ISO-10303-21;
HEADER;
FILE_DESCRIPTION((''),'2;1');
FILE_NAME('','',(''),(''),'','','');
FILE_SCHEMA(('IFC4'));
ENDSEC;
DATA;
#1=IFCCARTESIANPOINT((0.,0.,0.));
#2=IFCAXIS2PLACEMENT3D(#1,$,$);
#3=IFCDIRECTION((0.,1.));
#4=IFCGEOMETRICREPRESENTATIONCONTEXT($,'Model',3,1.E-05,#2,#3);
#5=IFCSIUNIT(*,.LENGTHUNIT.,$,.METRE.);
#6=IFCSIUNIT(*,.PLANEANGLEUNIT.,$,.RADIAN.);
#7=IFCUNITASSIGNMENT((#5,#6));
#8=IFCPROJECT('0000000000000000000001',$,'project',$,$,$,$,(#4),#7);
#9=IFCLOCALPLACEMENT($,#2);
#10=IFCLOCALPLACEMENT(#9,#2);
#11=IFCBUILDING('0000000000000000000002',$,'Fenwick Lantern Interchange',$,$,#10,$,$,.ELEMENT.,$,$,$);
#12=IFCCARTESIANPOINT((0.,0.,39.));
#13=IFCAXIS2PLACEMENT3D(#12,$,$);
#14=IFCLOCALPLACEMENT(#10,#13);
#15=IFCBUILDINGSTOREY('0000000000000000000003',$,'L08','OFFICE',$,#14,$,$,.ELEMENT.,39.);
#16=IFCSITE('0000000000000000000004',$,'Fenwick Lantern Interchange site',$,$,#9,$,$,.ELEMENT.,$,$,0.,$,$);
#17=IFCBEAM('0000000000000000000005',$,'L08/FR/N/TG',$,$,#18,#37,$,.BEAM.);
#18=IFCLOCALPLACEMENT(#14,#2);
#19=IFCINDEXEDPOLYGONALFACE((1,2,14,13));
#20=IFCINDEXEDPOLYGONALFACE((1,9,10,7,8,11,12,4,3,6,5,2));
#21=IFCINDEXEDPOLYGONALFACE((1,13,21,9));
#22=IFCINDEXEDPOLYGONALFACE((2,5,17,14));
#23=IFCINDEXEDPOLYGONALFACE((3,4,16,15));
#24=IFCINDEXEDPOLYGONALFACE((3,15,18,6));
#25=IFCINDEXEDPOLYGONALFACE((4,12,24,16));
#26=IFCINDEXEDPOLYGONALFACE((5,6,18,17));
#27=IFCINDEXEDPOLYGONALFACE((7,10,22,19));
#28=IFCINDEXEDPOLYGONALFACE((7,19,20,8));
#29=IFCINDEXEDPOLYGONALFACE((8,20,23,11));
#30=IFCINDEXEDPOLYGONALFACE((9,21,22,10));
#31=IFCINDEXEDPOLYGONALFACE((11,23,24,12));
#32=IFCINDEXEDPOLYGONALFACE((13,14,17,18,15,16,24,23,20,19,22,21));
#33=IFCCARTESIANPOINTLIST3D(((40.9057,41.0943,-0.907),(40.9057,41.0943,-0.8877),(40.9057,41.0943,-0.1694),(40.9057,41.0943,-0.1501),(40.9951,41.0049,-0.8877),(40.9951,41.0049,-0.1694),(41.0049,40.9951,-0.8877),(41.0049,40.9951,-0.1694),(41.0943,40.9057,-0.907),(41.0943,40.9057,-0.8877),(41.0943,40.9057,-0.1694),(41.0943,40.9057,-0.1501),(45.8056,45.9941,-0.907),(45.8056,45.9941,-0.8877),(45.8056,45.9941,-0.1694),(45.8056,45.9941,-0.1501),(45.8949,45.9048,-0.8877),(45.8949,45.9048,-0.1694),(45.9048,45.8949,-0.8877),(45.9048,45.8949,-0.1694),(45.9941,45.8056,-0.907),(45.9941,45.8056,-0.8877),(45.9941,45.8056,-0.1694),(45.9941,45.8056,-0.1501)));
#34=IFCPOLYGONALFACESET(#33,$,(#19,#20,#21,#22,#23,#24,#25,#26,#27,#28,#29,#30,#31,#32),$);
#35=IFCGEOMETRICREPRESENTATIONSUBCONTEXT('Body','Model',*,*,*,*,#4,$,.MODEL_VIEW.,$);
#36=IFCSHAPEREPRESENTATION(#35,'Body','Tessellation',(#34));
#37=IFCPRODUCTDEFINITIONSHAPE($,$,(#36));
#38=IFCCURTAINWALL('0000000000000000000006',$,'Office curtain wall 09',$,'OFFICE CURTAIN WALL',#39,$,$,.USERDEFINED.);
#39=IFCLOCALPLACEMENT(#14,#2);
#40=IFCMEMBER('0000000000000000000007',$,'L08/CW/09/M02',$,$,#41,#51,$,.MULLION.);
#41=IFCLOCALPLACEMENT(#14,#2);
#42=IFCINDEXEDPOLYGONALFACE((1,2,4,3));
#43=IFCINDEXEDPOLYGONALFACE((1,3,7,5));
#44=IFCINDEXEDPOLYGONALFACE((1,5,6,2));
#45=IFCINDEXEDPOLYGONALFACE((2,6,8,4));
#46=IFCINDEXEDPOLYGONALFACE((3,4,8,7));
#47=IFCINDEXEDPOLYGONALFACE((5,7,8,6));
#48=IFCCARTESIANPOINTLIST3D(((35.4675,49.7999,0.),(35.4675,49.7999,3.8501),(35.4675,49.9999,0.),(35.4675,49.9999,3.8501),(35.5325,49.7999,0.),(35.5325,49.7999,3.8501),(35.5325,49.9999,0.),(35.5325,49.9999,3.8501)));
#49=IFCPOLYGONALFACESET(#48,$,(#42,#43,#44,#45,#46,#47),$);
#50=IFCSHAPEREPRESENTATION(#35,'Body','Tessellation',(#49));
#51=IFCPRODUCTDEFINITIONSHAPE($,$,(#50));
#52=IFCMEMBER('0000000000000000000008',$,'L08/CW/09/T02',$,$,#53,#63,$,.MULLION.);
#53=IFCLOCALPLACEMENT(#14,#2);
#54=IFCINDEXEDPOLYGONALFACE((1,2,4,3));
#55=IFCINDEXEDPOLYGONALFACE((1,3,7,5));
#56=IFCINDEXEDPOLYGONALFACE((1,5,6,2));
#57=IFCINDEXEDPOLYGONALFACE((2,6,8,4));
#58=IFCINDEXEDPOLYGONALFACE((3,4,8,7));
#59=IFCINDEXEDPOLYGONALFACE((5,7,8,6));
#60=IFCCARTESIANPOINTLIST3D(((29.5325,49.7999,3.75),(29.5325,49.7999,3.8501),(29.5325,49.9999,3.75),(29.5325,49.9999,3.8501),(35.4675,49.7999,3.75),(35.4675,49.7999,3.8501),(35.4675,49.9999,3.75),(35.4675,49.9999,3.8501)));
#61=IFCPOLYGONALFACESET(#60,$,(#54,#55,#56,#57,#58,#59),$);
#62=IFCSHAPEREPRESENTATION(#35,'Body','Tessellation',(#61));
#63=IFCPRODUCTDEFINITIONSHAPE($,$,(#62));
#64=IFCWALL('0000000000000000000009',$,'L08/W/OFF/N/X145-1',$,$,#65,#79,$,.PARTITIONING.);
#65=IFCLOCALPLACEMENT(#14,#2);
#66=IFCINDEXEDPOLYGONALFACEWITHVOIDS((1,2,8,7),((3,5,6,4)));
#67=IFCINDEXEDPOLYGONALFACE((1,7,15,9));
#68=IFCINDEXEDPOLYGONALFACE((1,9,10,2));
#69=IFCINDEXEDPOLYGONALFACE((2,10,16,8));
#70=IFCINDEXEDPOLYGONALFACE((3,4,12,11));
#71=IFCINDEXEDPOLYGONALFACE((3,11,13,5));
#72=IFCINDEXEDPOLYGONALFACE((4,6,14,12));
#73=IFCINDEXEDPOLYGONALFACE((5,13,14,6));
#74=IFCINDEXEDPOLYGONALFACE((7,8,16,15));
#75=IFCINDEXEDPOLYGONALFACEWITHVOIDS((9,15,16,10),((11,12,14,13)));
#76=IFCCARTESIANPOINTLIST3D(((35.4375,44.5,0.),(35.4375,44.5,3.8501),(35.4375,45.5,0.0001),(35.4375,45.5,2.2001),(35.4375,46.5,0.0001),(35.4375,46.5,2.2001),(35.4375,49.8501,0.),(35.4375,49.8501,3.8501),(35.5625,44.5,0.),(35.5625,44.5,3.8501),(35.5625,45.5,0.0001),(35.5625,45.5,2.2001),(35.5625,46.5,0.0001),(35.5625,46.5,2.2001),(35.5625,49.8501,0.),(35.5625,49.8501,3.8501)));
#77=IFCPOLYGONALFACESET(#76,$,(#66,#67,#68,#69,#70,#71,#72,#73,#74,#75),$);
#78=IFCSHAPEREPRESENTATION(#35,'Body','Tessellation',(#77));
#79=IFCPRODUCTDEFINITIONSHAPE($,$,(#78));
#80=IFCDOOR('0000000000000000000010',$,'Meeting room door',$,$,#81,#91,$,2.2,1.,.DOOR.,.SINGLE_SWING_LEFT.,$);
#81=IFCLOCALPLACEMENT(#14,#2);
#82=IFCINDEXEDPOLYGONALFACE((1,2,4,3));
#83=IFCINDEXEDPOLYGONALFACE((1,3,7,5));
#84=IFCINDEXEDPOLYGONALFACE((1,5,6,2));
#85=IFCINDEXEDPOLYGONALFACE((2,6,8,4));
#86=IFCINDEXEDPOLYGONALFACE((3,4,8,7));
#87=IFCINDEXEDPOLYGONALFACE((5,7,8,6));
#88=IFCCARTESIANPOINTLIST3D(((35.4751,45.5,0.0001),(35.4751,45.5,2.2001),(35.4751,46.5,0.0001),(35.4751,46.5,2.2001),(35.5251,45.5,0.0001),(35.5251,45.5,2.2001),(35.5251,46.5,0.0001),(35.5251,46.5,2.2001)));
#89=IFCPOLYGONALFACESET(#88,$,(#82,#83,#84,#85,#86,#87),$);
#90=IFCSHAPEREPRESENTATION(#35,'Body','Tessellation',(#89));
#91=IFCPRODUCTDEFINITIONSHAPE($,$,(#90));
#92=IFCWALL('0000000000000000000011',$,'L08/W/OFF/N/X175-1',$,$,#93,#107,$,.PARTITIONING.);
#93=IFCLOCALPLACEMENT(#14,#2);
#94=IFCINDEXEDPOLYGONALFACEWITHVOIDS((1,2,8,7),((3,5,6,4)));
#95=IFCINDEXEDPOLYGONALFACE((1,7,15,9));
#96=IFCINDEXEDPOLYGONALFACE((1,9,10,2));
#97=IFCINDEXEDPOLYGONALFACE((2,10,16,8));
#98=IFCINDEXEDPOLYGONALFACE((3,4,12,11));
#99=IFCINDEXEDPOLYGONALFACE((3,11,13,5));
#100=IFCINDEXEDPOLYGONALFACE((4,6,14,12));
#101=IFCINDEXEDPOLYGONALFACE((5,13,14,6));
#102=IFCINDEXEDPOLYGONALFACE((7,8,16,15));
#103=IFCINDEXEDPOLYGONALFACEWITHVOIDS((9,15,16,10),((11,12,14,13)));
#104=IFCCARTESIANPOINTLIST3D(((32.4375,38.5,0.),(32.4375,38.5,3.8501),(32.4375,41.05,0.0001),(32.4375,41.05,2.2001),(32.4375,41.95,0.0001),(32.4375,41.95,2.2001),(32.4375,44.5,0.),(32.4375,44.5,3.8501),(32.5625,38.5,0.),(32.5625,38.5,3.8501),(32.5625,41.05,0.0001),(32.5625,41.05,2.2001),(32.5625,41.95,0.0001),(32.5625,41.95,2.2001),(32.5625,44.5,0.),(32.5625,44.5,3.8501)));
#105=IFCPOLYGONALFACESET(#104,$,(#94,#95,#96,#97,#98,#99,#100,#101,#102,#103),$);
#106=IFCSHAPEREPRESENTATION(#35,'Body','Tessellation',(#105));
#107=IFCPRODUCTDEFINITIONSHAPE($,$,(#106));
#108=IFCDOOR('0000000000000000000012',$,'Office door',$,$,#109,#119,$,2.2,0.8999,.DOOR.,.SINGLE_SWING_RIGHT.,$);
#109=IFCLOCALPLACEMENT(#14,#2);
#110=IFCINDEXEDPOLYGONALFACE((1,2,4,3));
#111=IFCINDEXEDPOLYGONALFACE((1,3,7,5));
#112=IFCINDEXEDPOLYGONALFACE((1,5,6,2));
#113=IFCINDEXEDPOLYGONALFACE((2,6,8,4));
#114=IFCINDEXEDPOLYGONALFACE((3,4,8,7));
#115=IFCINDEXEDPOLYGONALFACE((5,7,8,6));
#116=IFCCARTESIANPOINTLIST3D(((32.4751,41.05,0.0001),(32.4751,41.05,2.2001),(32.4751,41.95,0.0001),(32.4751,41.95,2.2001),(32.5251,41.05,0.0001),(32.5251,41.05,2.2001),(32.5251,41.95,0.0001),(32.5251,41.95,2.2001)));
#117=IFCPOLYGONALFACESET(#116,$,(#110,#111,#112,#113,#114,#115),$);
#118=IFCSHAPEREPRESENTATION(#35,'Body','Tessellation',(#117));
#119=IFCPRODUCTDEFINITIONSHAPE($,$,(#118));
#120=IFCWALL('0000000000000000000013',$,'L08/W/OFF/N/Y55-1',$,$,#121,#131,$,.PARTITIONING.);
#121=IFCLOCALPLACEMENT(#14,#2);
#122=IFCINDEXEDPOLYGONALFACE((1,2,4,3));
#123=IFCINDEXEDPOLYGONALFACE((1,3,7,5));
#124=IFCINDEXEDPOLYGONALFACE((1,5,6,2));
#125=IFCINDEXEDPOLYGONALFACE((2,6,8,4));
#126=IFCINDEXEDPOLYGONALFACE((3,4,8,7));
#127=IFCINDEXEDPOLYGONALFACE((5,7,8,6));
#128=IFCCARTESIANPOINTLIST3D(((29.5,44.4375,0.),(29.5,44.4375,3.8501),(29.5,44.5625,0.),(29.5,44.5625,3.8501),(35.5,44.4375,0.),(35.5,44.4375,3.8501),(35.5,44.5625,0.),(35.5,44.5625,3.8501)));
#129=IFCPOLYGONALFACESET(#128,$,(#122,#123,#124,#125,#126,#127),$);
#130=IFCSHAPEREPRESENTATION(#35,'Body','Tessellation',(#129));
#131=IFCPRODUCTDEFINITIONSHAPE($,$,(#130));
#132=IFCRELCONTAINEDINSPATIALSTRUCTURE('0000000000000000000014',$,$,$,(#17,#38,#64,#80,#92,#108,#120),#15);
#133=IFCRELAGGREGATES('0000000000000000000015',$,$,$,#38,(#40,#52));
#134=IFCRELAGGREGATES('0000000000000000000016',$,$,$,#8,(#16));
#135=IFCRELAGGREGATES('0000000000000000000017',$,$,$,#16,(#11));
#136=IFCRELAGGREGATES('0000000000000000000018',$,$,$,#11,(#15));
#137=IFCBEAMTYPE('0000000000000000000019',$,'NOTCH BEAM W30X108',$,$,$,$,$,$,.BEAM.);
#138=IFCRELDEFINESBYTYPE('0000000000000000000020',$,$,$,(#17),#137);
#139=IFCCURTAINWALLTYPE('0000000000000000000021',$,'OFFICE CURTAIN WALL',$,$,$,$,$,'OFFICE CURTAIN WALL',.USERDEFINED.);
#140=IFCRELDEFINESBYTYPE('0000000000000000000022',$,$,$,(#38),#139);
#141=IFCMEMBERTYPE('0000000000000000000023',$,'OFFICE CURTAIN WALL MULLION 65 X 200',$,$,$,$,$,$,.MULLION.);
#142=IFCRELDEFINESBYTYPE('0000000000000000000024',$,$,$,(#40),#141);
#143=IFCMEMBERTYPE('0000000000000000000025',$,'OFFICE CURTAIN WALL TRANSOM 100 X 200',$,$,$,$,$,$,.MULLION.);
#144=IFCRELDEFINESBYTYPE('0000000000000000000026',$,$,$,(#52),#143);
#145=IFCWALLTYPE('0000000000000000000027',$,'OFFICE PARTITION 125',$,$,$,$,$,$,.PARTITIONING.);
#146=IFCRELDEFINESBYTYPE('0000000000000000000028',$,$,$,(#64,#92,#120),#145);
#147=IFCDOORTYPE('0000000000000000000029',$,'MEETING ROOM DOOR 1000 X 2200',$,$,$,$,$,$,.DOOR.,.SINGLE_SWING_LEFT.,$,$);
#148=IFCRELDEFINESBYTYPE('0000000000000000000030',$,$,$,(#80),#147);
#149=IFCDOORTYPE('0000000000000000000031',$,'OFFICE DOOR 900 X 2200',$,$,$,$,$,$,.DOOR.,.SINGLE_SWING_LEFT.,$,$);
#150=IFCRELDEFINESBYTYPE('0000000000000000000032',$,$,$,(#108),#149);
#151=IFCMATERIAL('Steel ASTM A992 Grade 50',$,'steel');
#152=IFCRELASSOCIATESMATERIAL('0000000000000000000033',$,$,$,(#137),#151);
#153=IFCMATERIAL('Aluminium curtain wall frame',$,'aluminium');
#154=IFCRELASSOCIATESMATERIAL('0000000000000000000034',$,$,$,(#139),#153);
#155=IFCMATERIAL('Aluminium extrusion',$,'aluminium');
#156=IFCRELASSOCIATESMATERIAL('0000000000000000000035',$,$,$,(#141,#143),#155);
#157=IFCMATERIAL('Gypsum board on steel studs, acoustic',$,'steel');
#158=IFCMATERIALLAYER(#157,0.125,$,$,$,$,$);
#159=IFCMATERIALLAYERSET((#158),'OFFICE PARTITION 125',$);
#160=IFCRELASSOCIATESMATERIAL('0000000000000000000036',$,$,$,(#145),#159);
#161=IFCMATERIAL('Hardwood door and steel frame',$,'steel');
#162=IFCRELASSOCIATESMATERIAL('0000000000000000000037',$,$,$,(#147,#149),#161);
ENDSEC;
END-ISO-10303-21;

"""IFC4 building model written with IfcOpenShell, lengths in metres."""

from ifc_helpers import new_model, si_unit, direction, frame, frame_2d, origin, origin_2d, place, context, subcontext, project, spatial, rectangle, i_section, extrude, material, layer, layer_set, material_profile, profile_set, type_object, element, fill, aggregate, save


model = new_model("IFC4")

# Units and contexts
model_context = context("Model", 3, precision=1e-05, world=origin(), true_north=direction((0.0, 1.0)))
body_context = subcontext(model_context, "Body", "Model", "MODEL_VIEW")
ifc_project = project(units=[si_unit("LENGTHUNIT", "METRE"), si_unit("PLANEANGLEUNIT", "RADIAN")], contexts=[model_context])

# Site, building, storey
site_placement = place(None, origin())
site = spatial("IfcSite", under=ifc_project, at=site_placement, Name="Fenwick Lantern Interchange site", CompositionType="ELEMENT", RefElevation=0.0)
building_placement = place(site_placement, origin())
building = spatial("IfcBuilding", under=site, at=building_placement, Name="Fenwick Lantern Interchange", CompositionType="ELEMENT")
storey_placement = place(building_placement, frame((0.0, 0.0, 39.0)))
storey = spatial("IfcBuildingStorey", under=building, at=storey_placement, Name="L08", Description="OFFICE", CompositionType="ELEMENT", Elevation=39.0)

# Beam
ifc_material_1 = material(Name="Steel ASTM A992 Grade 50", Category="steel")
ifc_material_profile_1 = material_profile(ifc_material_1, i_section(OverallWidth=0.2666, OverallDepth=0.7568, WebThickness=0.0139, FlangeThickness=0.0193, at=origin_2d()), Name="W30X108")
ifc_profile_set_1 = profile_set([ifc_material_profile_1], Name="Steel ASTM A992 Grade 50")
beam_type_1 = type_object("IfcBeamType", Name="NOTCH BEAM W30X108", PredefinedType="BEAM", material=ifc_profile_set_1)
beam_1_placement = place(storey_placement, frame((41.0, 41.0, -0.5286), z_axis=(0.707107, 0.707107, 0.0), x_axis=(-0.707107, 0.707107, 0.0)))
element("IfcBeam", 1, at=beam_1_placement, inside=storey, type_object=beam_type_1, Name="L08/FR/N/TG", PredefinedType="BEAM", context=body_context, shape_type="SweptSolid", body=[
    extrude(i_section(OverallWidth=0.2666, OverallDepth=0.7568, WebThickness=0.0139, FlangeThickness=0.0193, at=origin_2d()), origin(), (0.0, 0.0, 1.0), 6.9294),
])

# Curtain wall, members
ifc_material_2 = material(Name="Aluminium curtain wall frame", Category="aluminium")
curtain_wall_type = type_object("IfcCurtainWallType", Name="OFFICE CURTAIN WALL", ElementType="OFFICE CURTAIN WALL", PredefinedType="USERDEFINED", material=ifc_material_2)
curtain_wall_placement = place(storey_placement, origin())
curtain_wall = element("IfcCurtainWall", 2, at=curtain_wall_placement, inside=storey, type_object=curtain_wall_type, Name="Office curtain wall 09", ObjectType="OFFICE CURTAIN WALL", PredefinedType="USERDEFINED")
ifc_material_3 = material(Name="Aluminium extrusion", Category="aluminium")
ifc_material_profile_2 = material_profile(ifc_material_3, rectangle(XDim=0.2, YDim=0.0649, at=origin_2d()), Name="OFFICE CURTAIN WALL MULLION 65 X 200")
ifc_profile_set_2 = profile_set([ifc_material_profile_2], Name="Aluminium extrusion")
member_type_1 = type_object("IfcMemberType", Name="OFFICE CURTAIN WALL MULLION 65 X 200", PredefinedType="MULLION", material=ifc_profile_set_2)
member_1_placement = place(storey_placement, frame((35.5, 49.8999, 0.0), z_axis=(0.0, 0.0, 1.0), x_axis=(0.0, -1.0, 0.0)))
member_1 = element("IfcMember", 3, at=member_1_placement, type_object=member_type_1, Name="L08/CW/09/M02", PredefinedType="MULLION", context=body_context, shape_type="SweptSolid", body=[
    extrude(rectangle(XDim=0.2, YDim=0.0649, at=origin_2d()), origin(), (0.0, 0.0, 1.0), 3.8501),
])
ifc_material_profile_3 = material_profile(ifc_material_3, rectangle(XDim=0.2, YDim=0.1001, at=origin_2d()), Name="OFFICE CURTAIN WALL TRANSOM 100 X 200")
ifc_profile_set_3 = profile_set([ifc_material_profile_3], Name="Aluminium extrusion")
member_type_2 = type_object("IfcMemberType", Name="OFFICE CURTAIN WALL TRANSOM 100 X 200", PredefinedType="MULLION", material=ifc_profile_set_3)
member_2_placement = place(storey_placement, frame((35.4675, 49.8999, 3.8), z_axis=(-1.0, 0.0, 0.0), x_axis=(0.0, -1.0, 0.0)))
member_2 = element("IfcMember", 4, at=member_2_placement, type_object=member_type_2, Name="L08/CW/09/T02", PredefinedType="MULLION", context=body_context, shape_type="SweptSolid", body=[
    extrude(rectangle(XDim=0.2, YDim=0.1001, at=origin_2d()), origin(), (0.0, 0.0, 1.0), 5.9351),
])
aggregate(curtain_wall, [member_1, member_2])

# Walls, openings, doors
ifc_material_4 = material(Name="Gypsum board on steel studs, acoustic", Category="steel")
ifc_layer = layer(ifc_material_4, 0.125)
ifc_layer_set = layer_set([ifc_layer], Name="OFFICE PARTITION 125")
wall_type = type_object("IfcWallType", Name="OFFICE PARTITION 125", PredefinedType="PARTITIONING", material=ifc_layer_set)
wall_1_placement = place(storey_placement, frame((35.5, 49.8501, 0.0), z_axis=(0.0, 0.0, 1.0), x_axis=(0.0, -1.0, 0.0)))
wall_1 = element("IfcWall", 5, at=wall_1_placement, inside=storey, type_object=wall_type, Name="L08/W/OFF/N/X145-1", PredefinedType="PARTITIONING", context=body_context, shape_type="SweptSolid", body=[
    extrude(rectangle(XDim=5.3501, YDim=0.125, at=frame_2d((2.675, 0.0))), origin(), (0.0, 0.0, 1.0), 3.8501),
])
opening_1_placement = place(wall_1_placement, frame((3.3501, 0.0, 0.0)))
opening_1 = element("IfcOpeningElement", 6, at=opening_1_placement, cuts=wall_1, PredefinedType="OPENING", context=body_context, shape_type="SweptSolid", body=[
    extrude(rectangle(XDim=1.0, YDim=2.2, at=frame_2d((0.5, 1.1001))), frame((0.0, 0.0725, 0.0), z_axis=(0.0, -1.0, 0.0), x_axis=(1.0, 0.0, 0.0)), (0.0, 0.0, 1.0), 0.145),
])
ifc_material_5 = material(Name="Hardwood door and steel frame", Category="steel")
door_type_1 = type_object("IfcDoorType", Name="MEETING ROOM DOOR 1000 X 2200", OperationType="SINGLE_SWING_LEFT", PredefinedType="DOOR", material=ifc_material_5)
door_1_placement = place(opening_1_placement, frame((1.0, 0.0, 0.0), z_axis=(0.0, 0.0, 1.0), x_axis=(-1.0, 0.0, 0.0)))
door_1 = element("IfcDoor", 7, at=door_1_placement, inside=storey, type_object=door_type_1, Name="Meeting room door", OperationType="SINGLE_SWING_LEFT", OverallHeight=2.2, OverallWidth=1.0, PredefinedType="DOOR", context=body_context, shape_type="SweptSolid", body=[
    extrude(rectangle(XDim=1.0, YDim=2.2, at=frame_2d((0.5, 1.1001))), frame((0.0, 0.0249, 0.0), z_axis=(0.0, -1.0, 0.0), x_axis=(1.0, 0.0, 0.0)), (0.0, 0.0, 1.0), 0.05),
])
fill(opening_1, door_1)
wall_2_placement = place(storey_placement, frame((32.5, 44.5, 0.0), z_axis=(0.0, 0.0, 1.0), x_axis=(0.0, -1.0, 0.0)))
wall_2 = element("IfcWall", 8, at=wall_2_placement, inside=storey, type_object=wall_type, Name="L08/W/OFF/N/X175-1", PredefinedType="PARTITIONING", context=body_context, shape_type="SweptSolid", body=[
    extrude(rectangle(XDim=6.0, YDim=0.125, at=frame_2d((3.0, 0.0))), origin(), (0.0, 0.0, 1.0), 3.8501),
])
opening_2_placement = place(wall_2_placement, frame((2.55, 0.0, 0.0)))
opening_2 = element("IfcOpeningElement", 9, at=opening_2_placement, cuts=wall_2, PredefinedType="OPENING", context=body_context, shape_type="SweptSolid", body=[
    extrude(rectangle(XDim=0.8999, YDim=2.2, at=frame_2d((0.45, 1.1001))), frame((0.0, 0.0725, 0.0), z_axis=(0.0, -1.0, 0.0), x_axis=(1.0, 0.0, 0.0)), (0.0, 0.0, 1.0), 0.145),
])
door_type_2 = type_object("IfcDoorType", Name="OFFICE DOOR 900 X 2200", OperationType="SINGLE_SWING_LEFT", PredefinedType="DOOR", material=ifc_material_5)
door_2_placement = place(opening_2_placement, frame((0.8999, 0.0, 0.0), z_axis=(0.0, 0.0, 1.0), x_axis=(-1.0, 0.0, 0.0)))
door_2 = element("IfcDoor", 10, at=door_2_placement, inside=storey, type_object=door_type_2, Name="Office door", OperationType="SINGLE_SWING_RIGHT", OverallHeight=2.2, OverallWidth=0.8999, PredefinedType="DOOR", context=body_context, shape_type="SweptSolid", body=[
    extrude(rectangle(XDim=0.8999, YDim=2.2, at=frame_2d((0.45, 1.1001))), frame((0.0, 0.0249, 0.0), z_axis=(0.0, -1.0, 0.0), x_axis=(1.0, 0.0, 0.0)), (0.0, 0.0, 1.0), 0.05),
])
fill(opening_2, door_2)

# Wall
wall_3_placement = place(storey_placement, frame((35.5, 44.5, 0.0), z_axis=(0.0, 0.0, 1.0), x_axis=(-1.0, 0.0, 0.0)))
element("IfcWall", 11, at=wall_3_placement, inside=storey, type_object=wall_type, Name="L08/W/OFF/N/Y55-1", PredefinedType="PARTITIONING", context=body_context, shape_type="SweptSolid", body=[
    extrude(rectangle(XDim=6.0, YDim=0.125, at=frame_2d((3.0, 0.0))), origin(), (0.0, 0.0, 1.0), 3.8501),
])

save(model, "model.ifc")
